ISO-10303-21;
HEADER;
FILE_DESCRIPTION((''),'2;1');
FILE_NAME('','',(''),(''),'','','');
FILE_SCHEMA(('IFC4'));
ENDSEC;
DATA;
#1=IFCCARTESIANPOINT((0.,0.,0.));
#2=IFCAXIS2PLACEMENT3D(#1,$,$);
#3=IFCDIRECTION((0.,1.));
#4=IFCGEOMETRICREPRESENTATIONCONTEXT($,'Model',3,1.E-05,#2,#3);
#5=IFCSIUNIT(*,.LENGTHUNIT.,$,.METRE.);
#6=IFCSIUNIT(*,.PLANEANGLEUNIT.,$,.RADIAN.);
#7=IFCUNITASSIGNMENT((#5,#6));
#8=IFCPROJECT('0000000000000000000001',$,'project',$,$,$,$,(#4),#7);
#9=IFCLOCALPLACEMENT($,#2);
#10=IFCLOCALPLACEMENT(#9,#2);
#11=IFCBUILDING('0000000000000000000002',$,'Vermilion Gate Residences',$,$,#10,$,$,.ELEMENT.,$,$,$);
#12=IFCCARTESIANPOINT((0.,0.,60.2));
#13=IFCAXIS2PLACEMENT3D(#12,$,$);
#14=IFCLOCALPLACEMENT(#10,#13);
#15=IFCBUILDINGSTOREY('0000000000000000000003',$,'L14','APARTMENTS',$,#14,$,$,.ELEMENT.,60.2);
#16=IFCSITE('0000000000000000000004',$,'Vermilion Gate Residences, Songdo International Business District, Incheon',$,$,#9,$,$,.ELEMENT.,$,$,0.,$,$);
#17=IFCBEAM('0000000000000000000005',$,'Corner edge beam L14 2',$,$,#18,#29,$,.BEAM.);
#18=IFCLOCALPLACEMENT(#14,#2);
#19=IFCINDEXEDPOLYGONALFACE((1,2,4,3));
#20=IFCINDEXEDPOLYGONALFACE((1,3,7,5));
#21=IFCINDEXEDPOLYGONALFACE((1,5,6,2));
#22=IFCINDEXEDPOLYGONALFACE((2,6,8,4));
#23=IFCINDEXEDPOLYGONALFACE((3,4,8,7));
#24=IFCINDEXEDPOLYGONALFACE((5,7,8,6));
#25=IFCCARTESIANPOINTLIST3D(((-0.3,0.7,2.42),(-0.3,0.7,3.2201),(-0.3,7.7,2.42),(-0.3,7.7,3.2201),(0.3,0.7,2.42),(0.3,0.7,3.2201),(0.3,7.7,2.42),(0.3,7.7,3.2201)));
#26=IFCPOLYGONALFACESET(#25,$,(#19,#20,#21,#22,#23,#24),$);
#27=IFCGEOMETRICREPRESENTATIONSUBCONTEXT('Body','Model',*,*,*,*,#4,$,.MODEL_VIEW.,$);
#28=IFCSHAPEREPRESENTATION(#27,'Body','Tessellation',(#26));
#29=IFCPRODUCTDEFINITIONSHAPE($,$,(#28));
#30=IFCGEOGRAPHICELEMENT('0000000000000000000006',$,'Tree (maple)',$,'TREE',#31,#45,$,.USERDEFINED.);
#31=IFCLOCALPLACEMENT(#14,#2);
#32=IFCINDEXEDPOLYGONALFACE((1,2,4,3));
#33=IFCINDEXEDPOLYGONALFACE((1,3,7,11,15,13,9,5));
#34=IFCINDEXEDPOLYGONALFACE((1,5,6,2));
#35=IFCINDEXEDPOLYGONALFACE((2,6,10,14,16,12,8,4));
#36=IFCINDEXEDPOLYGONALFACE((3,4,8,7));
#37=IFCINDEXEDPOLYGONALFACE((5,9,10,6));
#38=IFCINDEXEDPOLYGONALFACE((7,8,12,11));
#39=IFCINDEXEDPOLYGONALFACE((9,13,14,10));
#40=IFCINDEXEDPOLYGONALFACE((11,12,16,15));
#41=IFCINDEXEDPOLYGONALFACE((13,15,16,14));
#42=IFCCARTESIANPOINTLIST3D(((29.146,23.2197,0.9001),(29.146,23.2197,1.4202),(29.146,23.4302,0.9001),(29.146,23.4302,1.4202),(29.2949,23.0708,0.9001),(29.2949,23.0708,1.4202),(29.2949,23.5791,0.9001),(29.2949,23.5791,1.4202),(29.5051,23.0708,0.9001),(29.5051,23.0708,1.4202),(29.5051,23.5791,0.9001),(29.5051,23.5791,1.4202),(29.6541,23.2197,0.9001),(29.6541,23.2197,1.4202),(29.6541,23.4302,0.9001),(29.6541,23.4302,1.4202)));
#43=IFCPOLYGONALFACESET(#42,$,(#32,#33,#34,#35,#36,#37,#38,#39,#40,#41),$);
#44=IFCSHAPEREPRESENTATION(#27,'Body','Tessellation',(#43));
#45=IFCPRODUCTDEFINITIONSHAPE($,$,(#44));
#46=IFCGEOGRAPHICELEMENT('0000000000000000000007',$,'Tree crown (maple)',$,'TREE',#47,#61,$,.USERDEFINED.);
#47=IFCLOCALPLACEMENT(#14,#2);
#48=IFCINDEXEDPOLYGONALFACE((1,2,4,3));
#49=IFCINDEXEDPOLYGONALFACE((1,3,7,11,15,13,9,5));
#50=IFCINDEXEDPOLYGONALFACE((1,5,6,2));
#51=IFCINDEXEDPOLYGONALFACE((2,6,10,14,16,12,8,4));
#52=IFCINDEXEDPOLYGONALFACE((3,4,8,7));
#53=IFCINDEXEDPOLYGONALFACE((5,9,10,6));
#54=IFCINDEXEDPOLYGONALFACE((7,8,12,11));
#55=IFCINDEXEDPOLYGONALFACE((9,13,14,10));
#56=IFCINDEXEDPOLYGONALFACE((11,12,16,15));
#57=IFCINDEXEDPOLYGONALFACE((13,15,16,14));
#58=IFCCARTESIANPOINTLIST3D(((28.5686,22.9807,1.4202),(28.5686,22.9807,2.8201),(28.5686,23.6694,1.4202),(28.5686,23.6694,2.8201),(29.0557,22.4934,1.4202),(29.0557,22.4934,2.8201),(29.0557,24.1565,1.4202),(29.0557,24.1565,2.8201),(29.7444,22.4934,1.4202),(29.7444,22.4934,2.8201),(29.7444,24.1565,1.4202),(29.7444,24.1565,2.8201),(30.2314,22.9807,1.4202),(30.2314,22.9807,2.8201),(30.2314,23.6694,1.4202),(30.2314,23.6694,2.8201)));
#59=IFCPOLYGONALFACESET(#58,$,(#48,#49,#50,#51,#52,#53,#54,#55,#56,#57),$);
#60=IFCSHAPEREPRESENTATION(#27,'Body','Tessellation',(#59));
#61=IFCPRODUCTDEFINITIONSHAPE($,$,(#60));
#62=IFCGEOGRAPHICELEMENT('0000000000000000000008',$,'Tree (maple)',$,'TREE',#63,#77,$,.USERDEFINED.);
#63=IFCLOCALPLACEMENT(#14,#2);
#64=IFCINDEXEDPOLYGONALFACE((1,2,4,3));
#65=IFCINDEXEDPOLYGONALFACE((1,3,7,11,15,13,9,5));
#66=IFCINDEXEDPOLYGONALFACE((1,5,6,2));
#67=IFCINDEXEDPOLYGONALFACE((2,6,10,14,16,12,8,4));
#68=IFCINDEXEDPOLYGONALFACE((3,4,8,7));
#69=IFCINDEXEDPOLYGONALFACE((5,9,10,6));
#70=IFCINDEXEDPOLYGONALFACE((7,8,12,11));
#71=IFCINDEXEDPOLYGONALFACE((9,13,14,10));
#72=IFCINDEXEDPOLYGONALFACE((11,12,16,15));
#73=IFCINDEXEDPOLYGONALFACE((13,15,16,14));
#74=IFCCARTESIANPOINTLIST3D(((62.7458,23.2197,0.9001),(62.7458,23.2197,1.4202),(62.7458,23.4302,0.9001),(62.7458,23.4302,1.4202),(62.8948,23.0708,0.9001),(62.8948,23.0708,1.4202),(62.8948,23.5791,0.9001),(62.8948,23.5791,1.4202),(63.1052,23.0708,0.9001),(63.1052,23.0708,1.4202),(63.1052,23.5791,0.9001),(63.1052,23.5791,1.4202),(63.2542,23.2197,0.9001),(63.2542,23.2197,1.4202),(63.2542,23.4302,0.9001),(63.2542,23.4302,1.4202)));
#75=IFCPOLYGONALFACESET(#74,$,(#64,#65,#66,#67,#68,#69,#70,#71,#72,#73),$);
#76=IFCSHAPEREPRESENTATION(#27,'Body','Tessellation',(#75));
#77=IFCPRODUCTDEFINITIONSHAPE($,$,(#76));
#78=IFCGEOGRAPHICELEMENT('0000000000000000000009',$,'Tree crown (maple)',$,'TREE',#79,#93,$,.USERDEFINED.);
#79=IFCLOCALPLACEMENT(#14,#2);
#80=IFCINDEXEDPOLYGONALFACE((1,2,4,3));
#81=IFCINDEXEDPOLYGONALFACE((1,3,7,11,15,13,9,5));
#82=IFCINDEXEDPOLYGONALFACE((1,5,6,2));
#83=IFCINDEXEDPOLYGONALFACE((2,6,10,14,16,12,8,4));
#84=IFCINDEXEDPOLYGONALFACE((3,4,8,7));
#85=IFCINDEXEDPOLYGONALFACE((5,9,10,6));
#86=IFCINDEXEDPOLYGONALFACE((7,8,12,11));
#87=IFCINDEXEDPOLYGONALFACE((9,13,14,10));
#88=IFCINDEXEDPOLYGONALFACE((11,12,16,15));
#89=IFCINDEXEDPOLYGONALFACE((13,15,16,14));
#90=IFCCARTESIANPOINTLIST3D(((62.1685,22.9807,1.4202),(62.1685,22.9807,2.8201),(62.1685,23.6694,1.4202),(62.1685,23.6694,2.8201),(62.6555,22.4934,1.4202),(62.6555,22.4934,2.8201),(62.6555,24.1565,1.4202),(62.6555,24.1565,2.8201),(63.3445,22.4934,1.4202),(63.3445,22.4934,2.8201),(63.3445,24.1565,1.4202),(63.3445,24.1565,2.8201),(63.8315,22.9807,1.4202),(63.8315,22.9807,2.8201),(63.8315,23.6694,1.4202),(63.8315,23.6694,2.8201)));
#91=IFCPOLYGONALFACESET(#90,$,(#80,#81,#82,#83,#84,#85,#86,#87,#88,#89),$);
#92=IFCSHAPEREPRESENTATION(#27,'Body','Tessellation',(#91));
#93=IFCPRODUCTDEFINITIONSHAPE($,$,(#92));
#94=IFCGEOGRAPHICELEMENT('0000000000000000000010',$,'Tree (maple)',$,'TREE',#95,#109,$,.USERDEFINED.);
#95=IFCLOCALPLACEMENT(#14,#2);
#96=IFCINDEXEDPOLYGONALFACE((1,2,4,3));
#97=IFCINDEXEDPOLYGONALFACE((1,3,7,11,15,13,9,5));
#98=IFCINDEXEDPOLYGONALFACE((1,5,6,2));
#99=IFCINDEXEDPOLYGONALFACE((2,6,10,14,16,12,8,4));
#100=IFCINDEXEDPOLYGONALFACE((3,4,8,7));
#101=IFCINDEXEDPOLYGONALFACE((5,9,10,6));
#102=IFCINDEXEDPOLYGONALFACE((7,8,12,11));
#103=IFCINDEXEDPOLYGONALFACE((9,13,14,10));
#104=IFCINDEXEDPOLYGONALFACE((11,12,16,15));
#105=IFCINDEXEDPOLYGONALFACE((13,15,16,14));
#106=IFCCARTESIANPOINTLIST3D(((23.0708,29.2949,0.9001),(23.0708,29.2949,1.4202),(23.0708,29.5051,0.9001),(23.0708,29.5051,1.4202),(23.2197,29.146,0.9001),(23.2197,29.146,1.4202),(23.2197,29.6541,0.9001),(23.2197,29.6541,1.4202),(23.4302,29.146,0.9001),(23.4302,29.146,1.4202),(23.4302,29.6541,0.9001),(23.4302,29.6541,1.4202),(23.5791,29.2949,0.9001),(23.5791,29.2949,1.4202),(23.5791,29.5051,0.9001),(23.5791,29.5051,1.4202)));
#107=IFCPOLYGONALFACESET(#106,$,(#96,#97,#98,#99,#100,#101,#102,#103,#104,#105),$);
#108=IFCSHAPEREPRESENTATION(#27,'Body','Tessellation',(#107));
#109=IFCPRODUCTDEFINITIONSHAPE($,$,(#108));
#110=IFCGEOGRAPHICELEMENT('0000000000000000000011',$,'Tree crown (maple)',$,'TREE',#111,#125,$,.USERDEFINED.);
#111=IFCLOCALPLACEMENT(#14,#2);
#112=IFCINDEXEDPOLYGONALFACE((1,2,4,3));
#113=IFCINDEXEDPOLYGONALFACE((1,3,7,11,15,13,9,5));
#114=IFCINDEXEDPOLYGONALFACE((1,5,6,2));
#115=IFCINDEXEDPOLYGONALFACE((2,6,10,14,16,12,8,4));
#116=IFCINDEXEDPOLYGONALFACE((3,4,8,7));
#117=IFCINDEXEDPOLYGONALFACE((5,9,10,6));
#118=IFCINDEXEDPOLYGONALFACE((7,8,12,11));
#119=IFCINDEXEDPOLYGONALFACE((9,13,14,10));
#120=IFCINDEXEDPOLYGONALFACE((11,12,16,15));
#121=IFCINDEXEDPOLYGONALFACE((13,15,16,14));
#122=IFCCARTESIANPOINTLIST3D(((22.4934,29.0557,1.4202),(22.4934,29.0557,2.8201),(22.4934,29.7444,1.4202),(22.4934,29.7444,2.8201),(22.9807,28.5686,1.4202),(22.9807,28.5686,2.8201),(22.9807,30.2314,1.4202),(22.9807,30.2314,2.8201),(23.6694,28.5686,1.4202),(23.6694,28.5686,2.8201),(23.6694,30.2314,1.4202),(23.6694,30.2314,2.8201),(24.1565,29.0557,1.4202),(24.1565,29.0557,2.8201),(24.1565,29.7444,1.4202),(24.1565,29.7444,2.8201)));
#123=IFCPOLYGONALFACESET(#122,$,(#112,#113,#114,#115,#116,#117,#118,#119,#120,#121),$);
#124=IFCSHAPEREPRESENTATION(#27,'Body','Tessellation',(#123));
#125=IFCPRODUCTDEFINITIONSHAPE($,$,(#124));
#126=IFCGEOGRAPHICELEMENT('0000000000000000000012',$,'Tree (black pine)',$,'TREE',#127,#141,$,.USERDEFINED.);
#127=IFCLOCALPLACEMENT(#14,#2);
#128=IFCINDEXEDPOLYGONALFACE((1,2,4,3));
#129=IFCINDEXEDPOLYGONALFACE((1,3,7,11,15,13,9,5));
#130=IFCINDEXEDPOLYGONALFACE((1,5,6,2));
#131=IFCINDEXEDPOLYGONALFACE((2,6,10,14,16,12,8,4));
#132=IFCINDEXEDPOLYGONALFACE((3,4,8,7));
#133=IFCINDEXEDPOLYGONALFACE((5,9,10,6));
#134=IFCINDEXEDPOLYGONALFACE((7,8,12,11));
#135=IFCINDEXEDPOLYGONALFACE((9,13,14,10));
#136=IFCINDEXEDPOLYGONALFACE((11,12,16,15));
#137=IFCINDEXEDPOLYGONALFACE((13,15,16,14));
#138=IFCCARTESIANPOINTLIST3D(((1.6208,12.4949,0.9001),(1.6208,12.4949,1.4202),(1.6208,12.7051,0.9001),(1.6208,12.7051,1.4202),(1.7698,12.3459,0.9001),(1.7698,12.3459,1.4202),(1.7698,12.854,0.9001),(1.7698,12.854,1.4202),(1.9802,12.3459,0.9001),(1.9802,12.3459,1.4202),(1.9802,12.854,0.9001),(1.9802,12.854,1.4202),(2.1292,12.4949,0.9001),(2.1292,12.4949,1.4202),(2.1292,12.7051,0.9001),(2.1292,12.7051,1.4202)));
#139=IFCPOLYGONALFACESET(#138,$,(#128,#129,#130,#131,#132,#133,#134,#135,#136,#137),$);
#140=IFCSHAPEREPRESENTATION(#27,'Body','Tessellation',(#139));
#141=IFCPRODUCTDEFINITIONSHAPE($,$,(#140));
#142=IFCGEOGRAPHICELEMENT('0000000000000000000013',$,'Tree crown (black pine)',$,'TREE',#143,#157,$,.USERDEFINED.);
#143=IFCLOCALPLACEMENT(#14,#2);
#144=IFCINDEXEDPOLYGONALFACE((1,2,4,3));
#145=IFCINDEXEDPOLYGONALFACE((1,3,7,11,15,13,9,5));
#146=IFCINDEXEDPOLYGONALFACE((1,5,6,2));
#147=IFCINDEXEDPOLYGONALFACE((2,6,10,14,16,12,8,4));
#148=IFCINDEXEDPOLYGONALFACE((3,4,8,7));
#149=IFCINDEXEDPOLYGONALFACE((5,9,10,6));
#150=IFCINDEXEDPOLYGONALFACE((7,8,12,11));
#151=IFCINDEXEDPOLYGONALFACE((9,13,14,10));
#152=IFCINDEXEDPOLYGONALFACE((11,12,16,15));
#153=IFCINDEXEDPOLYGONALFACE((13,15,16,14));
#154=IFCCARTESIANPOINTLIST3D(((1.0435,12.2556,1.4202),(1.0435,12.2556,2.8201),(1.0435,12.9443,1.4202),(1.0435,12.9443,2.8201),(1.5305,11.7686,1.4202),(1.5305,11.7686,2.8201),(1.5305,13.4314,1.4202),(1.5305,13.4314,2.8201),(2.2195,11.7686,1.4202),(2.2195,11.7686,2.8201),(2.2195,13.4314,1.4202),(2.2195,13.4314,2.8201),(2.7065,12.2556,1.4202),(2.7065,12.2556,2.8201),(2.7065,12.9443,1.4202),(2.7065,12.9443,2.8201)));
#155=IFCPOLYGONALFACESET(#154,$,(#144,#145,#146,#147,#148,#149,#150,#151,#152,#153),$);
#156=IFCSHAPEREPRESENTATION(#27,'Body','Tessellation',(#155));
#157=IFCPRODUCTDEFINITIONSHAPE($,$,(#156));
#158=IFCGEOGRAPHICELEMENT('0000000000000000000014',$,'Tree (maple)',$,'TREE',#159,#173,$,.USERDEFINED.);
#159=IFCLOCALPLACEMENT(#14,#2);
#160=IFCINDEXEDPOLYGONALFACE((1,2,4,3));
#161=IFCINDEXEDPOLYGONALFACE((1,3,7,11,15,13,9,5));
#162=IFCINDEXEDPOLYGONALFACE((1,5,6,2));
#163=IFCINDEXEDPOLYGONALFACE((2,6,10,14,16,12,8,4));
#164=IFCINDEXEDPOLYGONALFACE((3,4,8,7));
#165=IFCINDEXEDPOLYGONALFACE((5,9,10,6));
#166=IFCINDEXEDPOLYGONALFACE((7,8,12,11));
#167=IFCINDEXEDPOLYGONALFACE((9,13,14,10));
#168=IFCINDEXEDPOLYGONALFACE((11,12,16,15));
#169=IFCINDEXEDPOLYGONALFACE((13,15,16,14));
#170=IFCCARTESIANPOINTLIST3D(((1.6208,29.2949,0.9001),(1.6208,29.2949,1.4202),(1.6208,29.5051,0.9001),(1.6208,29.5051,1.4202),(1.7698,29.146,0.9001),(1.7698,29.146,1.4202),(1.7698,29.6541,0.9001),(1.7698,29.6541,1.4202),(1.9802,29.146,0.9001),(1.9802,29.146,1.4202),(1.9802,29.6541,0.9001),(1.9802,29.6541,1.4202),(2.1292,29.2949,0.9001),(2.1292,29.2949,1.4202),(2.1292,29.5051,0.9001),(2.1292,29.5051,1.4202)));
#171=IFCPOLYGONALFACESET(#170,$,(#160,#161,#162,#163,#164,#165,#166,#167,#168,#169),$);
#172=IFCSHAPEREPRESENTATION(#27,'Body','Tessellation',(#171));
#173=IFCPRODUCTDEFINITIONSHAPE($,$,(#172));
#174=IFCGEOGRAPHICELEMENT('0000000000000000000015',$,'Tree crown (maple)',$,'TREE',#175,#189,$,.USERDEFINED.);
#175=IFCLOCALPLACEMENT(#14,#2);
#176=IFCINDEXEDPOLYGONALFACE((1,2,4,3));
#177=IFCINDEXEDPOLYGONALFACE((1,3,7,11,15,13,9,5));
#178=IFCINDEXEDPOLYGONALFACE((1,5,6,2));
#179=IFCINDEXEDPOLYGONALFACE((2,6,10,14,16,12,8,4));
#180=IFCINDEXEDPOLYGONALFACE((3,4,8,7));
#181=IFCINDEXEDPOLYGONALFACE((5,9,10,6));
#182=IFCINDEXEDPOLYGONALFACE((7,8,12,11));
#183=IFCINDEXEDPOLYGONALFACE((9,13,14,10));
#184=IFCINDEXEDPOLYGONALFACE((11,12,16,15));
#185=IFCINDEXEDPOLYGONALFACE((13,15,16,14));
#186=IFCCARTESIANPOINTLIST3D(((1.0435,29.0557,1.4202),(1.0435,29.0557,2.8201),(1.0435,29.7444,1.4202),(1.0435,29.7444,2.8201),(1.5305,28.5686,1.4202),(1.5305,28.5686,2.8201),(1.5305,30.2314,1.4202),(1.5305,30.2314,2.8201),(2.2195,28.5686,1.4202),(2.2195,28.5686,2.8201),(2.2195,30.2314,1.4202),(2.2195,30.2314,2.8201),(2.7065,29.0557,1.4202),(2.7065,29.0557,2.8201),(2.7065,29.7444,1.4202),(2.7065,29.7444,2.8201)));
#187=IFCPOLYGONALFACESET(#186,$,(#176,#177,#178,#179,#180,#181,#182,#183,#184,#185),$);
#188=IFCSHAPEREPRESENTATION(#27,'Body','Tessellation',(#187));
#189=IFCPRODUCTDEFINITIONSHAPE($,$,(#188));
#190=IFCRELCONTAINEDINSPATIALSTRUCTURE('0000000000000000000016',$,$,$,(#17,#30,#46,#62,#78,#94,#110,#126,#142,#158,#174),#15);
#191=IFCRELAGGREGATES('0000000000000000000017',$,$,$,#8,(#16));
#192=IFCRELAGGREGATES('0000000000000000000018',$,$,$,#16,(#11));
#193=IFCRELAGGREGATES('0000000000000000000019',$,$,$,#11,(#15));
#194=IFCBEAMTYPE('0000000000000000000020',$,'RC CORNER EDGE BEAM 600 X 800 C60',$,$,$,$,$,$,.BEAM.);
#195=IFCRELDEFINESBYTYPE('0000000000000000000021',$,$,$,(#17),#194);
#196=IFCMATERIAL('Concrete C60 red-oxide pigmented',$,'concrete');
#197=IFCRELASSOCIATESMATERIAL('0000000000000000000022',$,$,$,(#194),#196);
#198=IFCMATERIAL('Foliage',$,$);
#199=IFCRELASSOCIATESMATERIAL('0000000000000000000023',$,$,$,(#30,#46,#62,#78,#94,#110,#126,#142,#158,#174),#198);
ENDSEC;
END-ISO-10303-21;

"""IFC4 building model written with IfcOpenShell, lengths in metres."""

from ifc_helpers import new_model, si_unit, direction, frame, origin, origin_2d, place, context, subcontext, project, spatial, polyline, rectangle, outline, extrude, material, material_profile, profile_set, type_object, element, save


model = new_model("IFC4")

# Units and contexts
model_context = context("Model", 3, precision=1e-05, world=origin(), true_north=direction((0.0, 1.0)))
body_context = subcontext(model_context, "Body", "Model", "MODEL_VIEW")
ifc_project = project(units=[si_unit("LENGTHUNIT", "METRE"), si_unit("PLANEANGLEUNIT", "RADIAN")], contexts=[model_context])

# Site, building, storey
site_placement = place(None, origin())
site = spatial("IfcSite", under=ifc_project, at=site_placement, Name="Vermilion Gate Residences, Songdo International Business District, Incheon", CompositionType="ELEMENT", RefElevation=0.0)
building_placement = place(site_placement, origin())
building = spatial("IfcBuilding", under=site, at=building_placement, Name="Vermilion Gate Residences", CompositionType="ELEMENT")
storey_placement = place(building_placement, frame((0.0, 0.0, 60.2)))
storey = spatial("IfcBuildingStorey", under=building, at=storey_placement, Name="L14", Description="APARTMENTS", CompositionType="ELEMENT", Elevation=60.2)

# Beam
ifc_material_1 = material(Name="Concrete C60 red-oxide pigmented", Category="concrete")
ifc_material_profile = material_profile(ifc_material_1, rectangle(XDim=0.6001, YDim=0.8, at=origin_2d()), Name="RC-600x800")
ifc_profile_set = profile_set([ifc_material_profile], Name="Concrete C60 red-oxide pigmented")
beam_type = type_object("IfcBeamType", Name="RC CORNER EDGE BEAM 600 X 800 C60", PredefinedType="BEAM", material=ifc_profile_set)
beam_placement = place(storey_placement, frame((0.0, 0.7, 2.8201), z_axis=(0.0, 1.0, 0.0), x_axis=(-1.0, 0.0, 0.0)))
element("IfcBeam", 1, at=beam_placement, inside=storey, type_object=beam_type, Name="Corner edge beam L14 2", PredefinedType="BEAM", context=body_context, shape_type="SweptSolid", body=[
    extrude(rectangle(XDim=0.6001, YDim=0.8, at=origin_2d()), origin(), (0.0, 0.0, 1.0), 7.0),
])

# Geographic elements
ifc_material_2 = material(Name="Foliage")
geographic_element_1_placement = place(storey_placement, frame((0.0, 0.0, 0.9001)))
element("IfcGeographicElement", 2, at=geographic_element_1_placement, inside=storey, material=ifc_material_2, Name="Tree (maple)", ObjectType="TREE", PredefinedType="USERDEFINED", context=body_context, shape_type="SweptSolid", body=[
    extrude(outline(polyline([(29.6541, 23.4302), (29.5051, 23.5791), (29.2949, 23.5791), (29.146, 23.4302), (29.146, 23.2197), (29.2949, 23.0708), (29.5051, 23.0708), (29.6541, 23.2197), (29.6541, 23.4302)])), origin(), (0.0, 0.0, 1.0), 0.52),
])
geographic_element_2_placement = place(storey_placement, frame((0.0, 0.0, 1.4202)))
element("IfcGeographicElement", 3, at=geographic_element_2_placement, inside=storey, material=ifc_material_2, Name="Tree crown (maple)", ObjectType="TREE", PredefinedType="USERDEFINED", context=body_context, shape_type="SweptSolid", body=[
    extrude(outline(polyline([(30.2314, 23.6694), (29.7444, 24.1565), (29.0557, 24.1565), (28.5686, 23.6694), (28.5686, 22.9807), (29.0557, 22.4934), (29.7444, 22.4934), (30.2314, 22.9807), (30.2314, 23.6694)])), origin(), (0.0, 0.0, 1.0), 1.3999),
])
geographic_element_3_placement = place(storey_placement, frame((0.0, 0.0, 0.9001)))
element("IfcGeographicElement", 4, at=geographic_element_3_placement, inside=storey, material=ifc_material_2, Name="Tree (maple)", ObjectType="TREE", PredefinedType="USERDEFINED", context=body_context, shape_type="SweptSolid", body=[
    extrude(outline(polyline([(63.2542, 23.4302), (63.1052, 23.5791), (62.8948, 23.5791), (62.7458, 23.4302), (62.7458, 23.2197), (62.8948, 23.0708), (63.1052, 23.0708), (63.2542, 23.2197), (63.2542, 23.4302)])), origin(), (0.0, 0.0, 1.0), 0.52),
])
geographic_element_4_placement = place(storey_placement, frame((0.0, 0.0, 1.4202)))
element("IfcGeographicElement", 5, at=geographic_element_4_placement, inside=storey, material=ifc_material_2, Name="Tree crown (maple)", ObjectType="TREE", PredefinedType="USERDEFINED", context=body_context, shape_type="SweptSolid", body=[
    extrude(outline(polyline([(63.8315, 23.6694), (63.3445, 24.1565), (62.6555, 24.1565), (62.1685, 23.6694), (62.1685, 22.9807), (62.6555, 22.4934), (63.3445, 22.4934), (63.8315, 22.9807), (63.8315, 23.6694)])), origin(), (0.0, 0.0, 1.0), 1.3999),
])
geographic_element_5_placement = place(storey_placement, frame((0.0, 0.0, 0.9001)))
element("IfcGeographicElement", 6, at=geographic_element_5_placement, inside=storey, material=ifc_material_2, Name="Tree (maple)", ObjectType="TREE", PredefinedType="USERDEFINED", context=body_context, shape_type="SweptSolid", body=[
    extrude(outline(polyline([(23.5791, 29.5051), (23.4302, 29.6541), (23.2197, 29.6541), (23.0708, 29.5051), (23.0708, 29.2949), (23.2197, 29.146), (23.4302, 29.146), (23.5791, 29.2949), (23.5791, 29.5051)])), origin(), (0.0, 0.0, 1.0), 0.52),
])
geographic_element_6_placement = place(storey_placement, frame((0.0, 0.0, 1.4202)))
element("IfcGeographicElement", 7, at=geographic_element_6_placement, inside=storey, material=ifc_material_2, Name="Tree crown (maple)", ObjectType="TREE", PredefinedType="USERDEFINED", context=body_context, shape_type="SweptSolid", body=[
    extrude(outline(polyline([(24.1565, 29.7444), (23.6694, 30.2314), (22.9807, 30.2314), (22.4934, 29.7444), (22.4934, 29.0557), (22.9807, 28.5686), (23.6694, 28.5686), (24.1565, 29.0557), (24.1565, 29.7444)])), origin(), (0.0, 0.0, 1.0), 1.3999),
])
geographic_element_7_placement = place(storey_placement, frame((0.0, 0.0, 0.9001)))
element("IfcGeographicElement", 8, at=geographic_element_7_placement, inside=storey, material=ifc_material_2, Name="Tree (black pine)", ObjectType="TREE", PredefinedType="USERDEFINED", context=body_context, shape_type="SweptSolid", body=[
    extrude(outline(polyline([(2.1292, 12.7051), (1.9802, 12.854), (1.7698, 12.854), (1.6208, 12.7051), (1.6208, 12.4949), (1.7698, 12.3459), (1.9802, 12.3459), (2.1292, 12.4949), (2.1292, 12.7051)])), origin(), (0.0, 0.0, 1.0), 0.52),
])
geographic_element_8_placement = place(storey_placement, frame((0.0, 0.0, 1.4202)))
element("IfcGeographicElement", 9, at=geographic_element_8_placement, inside=storey, material=ifc_material_2, Name="Tree crown (black pine)", ObjectType="TREE", PredefinedType="USERDEFINED", context=body_context, shape_type="SweptSolid", body=[
    extrude(outline(polyline([(2.7065, 12.9443), (2.2195, 13.4314), (1.5305, 13.4314), (1.0435, 12.9443), (1.0435, 12.2556), (1.5305, 11.7686), (2.2195, 11.7686), (2.7065, 12.2556), (2.7065, 12.9443)])), origin(), (0.0, 0.0, 1.0), 1.3999),
])
geographic_element_9_placement = place(storey_placement, frame((0.0, 0.0, 0.9001)))
element("IfcGeographicElement", 10, at=geographic_element_9_placement, inside=storey, material=ifc_material_2, Name="Tree (maple)", ObjectType="TREE", PredefinedType="USERDEFINED", context=body_context, shape_type="SweptSolid", body=[
    extrude(outline(polyline([(2.1292, 29.5051), (1.9802, 29.6541), (1.7698, 29.6541), (1.6208, 29.5051), (1.6208, 29.2949), (1.7698, 29.146), (1.9802, 29.146), (2.1292, 29.2949), (2.1292, 29.5051)])), origin(), (0.0, 0.0, 1.0), 0.52),
])
geographic_element_10_placement = place(storey_placement, frame((0.0, 0.0, 1.4202)))
element("IfcGeographicElement", 11, at=geographic_element_10_placement, inside=storey, material=ifc_material_2, Name="Tree crown (maple)", ObjectType="TREE", PredefinedType="USERDEFINED", context=body_context, shape_type="SweptSolid", body=[
    extrude(outline(polyline([(2.7065, 29.7444), (2.2195, 30.2314), (1.5305, 30.2314), (1.0435, 29.7444), (1.0435, 29.0557), (1.5305, 28.5686), (2.2195, 28.5686), (2.7065, 29.0557), (2.7065, 29.7444)])), origin(), (0.0, 0.0, 1.0), 1.3999),
])

save(model, "model.ifc")
